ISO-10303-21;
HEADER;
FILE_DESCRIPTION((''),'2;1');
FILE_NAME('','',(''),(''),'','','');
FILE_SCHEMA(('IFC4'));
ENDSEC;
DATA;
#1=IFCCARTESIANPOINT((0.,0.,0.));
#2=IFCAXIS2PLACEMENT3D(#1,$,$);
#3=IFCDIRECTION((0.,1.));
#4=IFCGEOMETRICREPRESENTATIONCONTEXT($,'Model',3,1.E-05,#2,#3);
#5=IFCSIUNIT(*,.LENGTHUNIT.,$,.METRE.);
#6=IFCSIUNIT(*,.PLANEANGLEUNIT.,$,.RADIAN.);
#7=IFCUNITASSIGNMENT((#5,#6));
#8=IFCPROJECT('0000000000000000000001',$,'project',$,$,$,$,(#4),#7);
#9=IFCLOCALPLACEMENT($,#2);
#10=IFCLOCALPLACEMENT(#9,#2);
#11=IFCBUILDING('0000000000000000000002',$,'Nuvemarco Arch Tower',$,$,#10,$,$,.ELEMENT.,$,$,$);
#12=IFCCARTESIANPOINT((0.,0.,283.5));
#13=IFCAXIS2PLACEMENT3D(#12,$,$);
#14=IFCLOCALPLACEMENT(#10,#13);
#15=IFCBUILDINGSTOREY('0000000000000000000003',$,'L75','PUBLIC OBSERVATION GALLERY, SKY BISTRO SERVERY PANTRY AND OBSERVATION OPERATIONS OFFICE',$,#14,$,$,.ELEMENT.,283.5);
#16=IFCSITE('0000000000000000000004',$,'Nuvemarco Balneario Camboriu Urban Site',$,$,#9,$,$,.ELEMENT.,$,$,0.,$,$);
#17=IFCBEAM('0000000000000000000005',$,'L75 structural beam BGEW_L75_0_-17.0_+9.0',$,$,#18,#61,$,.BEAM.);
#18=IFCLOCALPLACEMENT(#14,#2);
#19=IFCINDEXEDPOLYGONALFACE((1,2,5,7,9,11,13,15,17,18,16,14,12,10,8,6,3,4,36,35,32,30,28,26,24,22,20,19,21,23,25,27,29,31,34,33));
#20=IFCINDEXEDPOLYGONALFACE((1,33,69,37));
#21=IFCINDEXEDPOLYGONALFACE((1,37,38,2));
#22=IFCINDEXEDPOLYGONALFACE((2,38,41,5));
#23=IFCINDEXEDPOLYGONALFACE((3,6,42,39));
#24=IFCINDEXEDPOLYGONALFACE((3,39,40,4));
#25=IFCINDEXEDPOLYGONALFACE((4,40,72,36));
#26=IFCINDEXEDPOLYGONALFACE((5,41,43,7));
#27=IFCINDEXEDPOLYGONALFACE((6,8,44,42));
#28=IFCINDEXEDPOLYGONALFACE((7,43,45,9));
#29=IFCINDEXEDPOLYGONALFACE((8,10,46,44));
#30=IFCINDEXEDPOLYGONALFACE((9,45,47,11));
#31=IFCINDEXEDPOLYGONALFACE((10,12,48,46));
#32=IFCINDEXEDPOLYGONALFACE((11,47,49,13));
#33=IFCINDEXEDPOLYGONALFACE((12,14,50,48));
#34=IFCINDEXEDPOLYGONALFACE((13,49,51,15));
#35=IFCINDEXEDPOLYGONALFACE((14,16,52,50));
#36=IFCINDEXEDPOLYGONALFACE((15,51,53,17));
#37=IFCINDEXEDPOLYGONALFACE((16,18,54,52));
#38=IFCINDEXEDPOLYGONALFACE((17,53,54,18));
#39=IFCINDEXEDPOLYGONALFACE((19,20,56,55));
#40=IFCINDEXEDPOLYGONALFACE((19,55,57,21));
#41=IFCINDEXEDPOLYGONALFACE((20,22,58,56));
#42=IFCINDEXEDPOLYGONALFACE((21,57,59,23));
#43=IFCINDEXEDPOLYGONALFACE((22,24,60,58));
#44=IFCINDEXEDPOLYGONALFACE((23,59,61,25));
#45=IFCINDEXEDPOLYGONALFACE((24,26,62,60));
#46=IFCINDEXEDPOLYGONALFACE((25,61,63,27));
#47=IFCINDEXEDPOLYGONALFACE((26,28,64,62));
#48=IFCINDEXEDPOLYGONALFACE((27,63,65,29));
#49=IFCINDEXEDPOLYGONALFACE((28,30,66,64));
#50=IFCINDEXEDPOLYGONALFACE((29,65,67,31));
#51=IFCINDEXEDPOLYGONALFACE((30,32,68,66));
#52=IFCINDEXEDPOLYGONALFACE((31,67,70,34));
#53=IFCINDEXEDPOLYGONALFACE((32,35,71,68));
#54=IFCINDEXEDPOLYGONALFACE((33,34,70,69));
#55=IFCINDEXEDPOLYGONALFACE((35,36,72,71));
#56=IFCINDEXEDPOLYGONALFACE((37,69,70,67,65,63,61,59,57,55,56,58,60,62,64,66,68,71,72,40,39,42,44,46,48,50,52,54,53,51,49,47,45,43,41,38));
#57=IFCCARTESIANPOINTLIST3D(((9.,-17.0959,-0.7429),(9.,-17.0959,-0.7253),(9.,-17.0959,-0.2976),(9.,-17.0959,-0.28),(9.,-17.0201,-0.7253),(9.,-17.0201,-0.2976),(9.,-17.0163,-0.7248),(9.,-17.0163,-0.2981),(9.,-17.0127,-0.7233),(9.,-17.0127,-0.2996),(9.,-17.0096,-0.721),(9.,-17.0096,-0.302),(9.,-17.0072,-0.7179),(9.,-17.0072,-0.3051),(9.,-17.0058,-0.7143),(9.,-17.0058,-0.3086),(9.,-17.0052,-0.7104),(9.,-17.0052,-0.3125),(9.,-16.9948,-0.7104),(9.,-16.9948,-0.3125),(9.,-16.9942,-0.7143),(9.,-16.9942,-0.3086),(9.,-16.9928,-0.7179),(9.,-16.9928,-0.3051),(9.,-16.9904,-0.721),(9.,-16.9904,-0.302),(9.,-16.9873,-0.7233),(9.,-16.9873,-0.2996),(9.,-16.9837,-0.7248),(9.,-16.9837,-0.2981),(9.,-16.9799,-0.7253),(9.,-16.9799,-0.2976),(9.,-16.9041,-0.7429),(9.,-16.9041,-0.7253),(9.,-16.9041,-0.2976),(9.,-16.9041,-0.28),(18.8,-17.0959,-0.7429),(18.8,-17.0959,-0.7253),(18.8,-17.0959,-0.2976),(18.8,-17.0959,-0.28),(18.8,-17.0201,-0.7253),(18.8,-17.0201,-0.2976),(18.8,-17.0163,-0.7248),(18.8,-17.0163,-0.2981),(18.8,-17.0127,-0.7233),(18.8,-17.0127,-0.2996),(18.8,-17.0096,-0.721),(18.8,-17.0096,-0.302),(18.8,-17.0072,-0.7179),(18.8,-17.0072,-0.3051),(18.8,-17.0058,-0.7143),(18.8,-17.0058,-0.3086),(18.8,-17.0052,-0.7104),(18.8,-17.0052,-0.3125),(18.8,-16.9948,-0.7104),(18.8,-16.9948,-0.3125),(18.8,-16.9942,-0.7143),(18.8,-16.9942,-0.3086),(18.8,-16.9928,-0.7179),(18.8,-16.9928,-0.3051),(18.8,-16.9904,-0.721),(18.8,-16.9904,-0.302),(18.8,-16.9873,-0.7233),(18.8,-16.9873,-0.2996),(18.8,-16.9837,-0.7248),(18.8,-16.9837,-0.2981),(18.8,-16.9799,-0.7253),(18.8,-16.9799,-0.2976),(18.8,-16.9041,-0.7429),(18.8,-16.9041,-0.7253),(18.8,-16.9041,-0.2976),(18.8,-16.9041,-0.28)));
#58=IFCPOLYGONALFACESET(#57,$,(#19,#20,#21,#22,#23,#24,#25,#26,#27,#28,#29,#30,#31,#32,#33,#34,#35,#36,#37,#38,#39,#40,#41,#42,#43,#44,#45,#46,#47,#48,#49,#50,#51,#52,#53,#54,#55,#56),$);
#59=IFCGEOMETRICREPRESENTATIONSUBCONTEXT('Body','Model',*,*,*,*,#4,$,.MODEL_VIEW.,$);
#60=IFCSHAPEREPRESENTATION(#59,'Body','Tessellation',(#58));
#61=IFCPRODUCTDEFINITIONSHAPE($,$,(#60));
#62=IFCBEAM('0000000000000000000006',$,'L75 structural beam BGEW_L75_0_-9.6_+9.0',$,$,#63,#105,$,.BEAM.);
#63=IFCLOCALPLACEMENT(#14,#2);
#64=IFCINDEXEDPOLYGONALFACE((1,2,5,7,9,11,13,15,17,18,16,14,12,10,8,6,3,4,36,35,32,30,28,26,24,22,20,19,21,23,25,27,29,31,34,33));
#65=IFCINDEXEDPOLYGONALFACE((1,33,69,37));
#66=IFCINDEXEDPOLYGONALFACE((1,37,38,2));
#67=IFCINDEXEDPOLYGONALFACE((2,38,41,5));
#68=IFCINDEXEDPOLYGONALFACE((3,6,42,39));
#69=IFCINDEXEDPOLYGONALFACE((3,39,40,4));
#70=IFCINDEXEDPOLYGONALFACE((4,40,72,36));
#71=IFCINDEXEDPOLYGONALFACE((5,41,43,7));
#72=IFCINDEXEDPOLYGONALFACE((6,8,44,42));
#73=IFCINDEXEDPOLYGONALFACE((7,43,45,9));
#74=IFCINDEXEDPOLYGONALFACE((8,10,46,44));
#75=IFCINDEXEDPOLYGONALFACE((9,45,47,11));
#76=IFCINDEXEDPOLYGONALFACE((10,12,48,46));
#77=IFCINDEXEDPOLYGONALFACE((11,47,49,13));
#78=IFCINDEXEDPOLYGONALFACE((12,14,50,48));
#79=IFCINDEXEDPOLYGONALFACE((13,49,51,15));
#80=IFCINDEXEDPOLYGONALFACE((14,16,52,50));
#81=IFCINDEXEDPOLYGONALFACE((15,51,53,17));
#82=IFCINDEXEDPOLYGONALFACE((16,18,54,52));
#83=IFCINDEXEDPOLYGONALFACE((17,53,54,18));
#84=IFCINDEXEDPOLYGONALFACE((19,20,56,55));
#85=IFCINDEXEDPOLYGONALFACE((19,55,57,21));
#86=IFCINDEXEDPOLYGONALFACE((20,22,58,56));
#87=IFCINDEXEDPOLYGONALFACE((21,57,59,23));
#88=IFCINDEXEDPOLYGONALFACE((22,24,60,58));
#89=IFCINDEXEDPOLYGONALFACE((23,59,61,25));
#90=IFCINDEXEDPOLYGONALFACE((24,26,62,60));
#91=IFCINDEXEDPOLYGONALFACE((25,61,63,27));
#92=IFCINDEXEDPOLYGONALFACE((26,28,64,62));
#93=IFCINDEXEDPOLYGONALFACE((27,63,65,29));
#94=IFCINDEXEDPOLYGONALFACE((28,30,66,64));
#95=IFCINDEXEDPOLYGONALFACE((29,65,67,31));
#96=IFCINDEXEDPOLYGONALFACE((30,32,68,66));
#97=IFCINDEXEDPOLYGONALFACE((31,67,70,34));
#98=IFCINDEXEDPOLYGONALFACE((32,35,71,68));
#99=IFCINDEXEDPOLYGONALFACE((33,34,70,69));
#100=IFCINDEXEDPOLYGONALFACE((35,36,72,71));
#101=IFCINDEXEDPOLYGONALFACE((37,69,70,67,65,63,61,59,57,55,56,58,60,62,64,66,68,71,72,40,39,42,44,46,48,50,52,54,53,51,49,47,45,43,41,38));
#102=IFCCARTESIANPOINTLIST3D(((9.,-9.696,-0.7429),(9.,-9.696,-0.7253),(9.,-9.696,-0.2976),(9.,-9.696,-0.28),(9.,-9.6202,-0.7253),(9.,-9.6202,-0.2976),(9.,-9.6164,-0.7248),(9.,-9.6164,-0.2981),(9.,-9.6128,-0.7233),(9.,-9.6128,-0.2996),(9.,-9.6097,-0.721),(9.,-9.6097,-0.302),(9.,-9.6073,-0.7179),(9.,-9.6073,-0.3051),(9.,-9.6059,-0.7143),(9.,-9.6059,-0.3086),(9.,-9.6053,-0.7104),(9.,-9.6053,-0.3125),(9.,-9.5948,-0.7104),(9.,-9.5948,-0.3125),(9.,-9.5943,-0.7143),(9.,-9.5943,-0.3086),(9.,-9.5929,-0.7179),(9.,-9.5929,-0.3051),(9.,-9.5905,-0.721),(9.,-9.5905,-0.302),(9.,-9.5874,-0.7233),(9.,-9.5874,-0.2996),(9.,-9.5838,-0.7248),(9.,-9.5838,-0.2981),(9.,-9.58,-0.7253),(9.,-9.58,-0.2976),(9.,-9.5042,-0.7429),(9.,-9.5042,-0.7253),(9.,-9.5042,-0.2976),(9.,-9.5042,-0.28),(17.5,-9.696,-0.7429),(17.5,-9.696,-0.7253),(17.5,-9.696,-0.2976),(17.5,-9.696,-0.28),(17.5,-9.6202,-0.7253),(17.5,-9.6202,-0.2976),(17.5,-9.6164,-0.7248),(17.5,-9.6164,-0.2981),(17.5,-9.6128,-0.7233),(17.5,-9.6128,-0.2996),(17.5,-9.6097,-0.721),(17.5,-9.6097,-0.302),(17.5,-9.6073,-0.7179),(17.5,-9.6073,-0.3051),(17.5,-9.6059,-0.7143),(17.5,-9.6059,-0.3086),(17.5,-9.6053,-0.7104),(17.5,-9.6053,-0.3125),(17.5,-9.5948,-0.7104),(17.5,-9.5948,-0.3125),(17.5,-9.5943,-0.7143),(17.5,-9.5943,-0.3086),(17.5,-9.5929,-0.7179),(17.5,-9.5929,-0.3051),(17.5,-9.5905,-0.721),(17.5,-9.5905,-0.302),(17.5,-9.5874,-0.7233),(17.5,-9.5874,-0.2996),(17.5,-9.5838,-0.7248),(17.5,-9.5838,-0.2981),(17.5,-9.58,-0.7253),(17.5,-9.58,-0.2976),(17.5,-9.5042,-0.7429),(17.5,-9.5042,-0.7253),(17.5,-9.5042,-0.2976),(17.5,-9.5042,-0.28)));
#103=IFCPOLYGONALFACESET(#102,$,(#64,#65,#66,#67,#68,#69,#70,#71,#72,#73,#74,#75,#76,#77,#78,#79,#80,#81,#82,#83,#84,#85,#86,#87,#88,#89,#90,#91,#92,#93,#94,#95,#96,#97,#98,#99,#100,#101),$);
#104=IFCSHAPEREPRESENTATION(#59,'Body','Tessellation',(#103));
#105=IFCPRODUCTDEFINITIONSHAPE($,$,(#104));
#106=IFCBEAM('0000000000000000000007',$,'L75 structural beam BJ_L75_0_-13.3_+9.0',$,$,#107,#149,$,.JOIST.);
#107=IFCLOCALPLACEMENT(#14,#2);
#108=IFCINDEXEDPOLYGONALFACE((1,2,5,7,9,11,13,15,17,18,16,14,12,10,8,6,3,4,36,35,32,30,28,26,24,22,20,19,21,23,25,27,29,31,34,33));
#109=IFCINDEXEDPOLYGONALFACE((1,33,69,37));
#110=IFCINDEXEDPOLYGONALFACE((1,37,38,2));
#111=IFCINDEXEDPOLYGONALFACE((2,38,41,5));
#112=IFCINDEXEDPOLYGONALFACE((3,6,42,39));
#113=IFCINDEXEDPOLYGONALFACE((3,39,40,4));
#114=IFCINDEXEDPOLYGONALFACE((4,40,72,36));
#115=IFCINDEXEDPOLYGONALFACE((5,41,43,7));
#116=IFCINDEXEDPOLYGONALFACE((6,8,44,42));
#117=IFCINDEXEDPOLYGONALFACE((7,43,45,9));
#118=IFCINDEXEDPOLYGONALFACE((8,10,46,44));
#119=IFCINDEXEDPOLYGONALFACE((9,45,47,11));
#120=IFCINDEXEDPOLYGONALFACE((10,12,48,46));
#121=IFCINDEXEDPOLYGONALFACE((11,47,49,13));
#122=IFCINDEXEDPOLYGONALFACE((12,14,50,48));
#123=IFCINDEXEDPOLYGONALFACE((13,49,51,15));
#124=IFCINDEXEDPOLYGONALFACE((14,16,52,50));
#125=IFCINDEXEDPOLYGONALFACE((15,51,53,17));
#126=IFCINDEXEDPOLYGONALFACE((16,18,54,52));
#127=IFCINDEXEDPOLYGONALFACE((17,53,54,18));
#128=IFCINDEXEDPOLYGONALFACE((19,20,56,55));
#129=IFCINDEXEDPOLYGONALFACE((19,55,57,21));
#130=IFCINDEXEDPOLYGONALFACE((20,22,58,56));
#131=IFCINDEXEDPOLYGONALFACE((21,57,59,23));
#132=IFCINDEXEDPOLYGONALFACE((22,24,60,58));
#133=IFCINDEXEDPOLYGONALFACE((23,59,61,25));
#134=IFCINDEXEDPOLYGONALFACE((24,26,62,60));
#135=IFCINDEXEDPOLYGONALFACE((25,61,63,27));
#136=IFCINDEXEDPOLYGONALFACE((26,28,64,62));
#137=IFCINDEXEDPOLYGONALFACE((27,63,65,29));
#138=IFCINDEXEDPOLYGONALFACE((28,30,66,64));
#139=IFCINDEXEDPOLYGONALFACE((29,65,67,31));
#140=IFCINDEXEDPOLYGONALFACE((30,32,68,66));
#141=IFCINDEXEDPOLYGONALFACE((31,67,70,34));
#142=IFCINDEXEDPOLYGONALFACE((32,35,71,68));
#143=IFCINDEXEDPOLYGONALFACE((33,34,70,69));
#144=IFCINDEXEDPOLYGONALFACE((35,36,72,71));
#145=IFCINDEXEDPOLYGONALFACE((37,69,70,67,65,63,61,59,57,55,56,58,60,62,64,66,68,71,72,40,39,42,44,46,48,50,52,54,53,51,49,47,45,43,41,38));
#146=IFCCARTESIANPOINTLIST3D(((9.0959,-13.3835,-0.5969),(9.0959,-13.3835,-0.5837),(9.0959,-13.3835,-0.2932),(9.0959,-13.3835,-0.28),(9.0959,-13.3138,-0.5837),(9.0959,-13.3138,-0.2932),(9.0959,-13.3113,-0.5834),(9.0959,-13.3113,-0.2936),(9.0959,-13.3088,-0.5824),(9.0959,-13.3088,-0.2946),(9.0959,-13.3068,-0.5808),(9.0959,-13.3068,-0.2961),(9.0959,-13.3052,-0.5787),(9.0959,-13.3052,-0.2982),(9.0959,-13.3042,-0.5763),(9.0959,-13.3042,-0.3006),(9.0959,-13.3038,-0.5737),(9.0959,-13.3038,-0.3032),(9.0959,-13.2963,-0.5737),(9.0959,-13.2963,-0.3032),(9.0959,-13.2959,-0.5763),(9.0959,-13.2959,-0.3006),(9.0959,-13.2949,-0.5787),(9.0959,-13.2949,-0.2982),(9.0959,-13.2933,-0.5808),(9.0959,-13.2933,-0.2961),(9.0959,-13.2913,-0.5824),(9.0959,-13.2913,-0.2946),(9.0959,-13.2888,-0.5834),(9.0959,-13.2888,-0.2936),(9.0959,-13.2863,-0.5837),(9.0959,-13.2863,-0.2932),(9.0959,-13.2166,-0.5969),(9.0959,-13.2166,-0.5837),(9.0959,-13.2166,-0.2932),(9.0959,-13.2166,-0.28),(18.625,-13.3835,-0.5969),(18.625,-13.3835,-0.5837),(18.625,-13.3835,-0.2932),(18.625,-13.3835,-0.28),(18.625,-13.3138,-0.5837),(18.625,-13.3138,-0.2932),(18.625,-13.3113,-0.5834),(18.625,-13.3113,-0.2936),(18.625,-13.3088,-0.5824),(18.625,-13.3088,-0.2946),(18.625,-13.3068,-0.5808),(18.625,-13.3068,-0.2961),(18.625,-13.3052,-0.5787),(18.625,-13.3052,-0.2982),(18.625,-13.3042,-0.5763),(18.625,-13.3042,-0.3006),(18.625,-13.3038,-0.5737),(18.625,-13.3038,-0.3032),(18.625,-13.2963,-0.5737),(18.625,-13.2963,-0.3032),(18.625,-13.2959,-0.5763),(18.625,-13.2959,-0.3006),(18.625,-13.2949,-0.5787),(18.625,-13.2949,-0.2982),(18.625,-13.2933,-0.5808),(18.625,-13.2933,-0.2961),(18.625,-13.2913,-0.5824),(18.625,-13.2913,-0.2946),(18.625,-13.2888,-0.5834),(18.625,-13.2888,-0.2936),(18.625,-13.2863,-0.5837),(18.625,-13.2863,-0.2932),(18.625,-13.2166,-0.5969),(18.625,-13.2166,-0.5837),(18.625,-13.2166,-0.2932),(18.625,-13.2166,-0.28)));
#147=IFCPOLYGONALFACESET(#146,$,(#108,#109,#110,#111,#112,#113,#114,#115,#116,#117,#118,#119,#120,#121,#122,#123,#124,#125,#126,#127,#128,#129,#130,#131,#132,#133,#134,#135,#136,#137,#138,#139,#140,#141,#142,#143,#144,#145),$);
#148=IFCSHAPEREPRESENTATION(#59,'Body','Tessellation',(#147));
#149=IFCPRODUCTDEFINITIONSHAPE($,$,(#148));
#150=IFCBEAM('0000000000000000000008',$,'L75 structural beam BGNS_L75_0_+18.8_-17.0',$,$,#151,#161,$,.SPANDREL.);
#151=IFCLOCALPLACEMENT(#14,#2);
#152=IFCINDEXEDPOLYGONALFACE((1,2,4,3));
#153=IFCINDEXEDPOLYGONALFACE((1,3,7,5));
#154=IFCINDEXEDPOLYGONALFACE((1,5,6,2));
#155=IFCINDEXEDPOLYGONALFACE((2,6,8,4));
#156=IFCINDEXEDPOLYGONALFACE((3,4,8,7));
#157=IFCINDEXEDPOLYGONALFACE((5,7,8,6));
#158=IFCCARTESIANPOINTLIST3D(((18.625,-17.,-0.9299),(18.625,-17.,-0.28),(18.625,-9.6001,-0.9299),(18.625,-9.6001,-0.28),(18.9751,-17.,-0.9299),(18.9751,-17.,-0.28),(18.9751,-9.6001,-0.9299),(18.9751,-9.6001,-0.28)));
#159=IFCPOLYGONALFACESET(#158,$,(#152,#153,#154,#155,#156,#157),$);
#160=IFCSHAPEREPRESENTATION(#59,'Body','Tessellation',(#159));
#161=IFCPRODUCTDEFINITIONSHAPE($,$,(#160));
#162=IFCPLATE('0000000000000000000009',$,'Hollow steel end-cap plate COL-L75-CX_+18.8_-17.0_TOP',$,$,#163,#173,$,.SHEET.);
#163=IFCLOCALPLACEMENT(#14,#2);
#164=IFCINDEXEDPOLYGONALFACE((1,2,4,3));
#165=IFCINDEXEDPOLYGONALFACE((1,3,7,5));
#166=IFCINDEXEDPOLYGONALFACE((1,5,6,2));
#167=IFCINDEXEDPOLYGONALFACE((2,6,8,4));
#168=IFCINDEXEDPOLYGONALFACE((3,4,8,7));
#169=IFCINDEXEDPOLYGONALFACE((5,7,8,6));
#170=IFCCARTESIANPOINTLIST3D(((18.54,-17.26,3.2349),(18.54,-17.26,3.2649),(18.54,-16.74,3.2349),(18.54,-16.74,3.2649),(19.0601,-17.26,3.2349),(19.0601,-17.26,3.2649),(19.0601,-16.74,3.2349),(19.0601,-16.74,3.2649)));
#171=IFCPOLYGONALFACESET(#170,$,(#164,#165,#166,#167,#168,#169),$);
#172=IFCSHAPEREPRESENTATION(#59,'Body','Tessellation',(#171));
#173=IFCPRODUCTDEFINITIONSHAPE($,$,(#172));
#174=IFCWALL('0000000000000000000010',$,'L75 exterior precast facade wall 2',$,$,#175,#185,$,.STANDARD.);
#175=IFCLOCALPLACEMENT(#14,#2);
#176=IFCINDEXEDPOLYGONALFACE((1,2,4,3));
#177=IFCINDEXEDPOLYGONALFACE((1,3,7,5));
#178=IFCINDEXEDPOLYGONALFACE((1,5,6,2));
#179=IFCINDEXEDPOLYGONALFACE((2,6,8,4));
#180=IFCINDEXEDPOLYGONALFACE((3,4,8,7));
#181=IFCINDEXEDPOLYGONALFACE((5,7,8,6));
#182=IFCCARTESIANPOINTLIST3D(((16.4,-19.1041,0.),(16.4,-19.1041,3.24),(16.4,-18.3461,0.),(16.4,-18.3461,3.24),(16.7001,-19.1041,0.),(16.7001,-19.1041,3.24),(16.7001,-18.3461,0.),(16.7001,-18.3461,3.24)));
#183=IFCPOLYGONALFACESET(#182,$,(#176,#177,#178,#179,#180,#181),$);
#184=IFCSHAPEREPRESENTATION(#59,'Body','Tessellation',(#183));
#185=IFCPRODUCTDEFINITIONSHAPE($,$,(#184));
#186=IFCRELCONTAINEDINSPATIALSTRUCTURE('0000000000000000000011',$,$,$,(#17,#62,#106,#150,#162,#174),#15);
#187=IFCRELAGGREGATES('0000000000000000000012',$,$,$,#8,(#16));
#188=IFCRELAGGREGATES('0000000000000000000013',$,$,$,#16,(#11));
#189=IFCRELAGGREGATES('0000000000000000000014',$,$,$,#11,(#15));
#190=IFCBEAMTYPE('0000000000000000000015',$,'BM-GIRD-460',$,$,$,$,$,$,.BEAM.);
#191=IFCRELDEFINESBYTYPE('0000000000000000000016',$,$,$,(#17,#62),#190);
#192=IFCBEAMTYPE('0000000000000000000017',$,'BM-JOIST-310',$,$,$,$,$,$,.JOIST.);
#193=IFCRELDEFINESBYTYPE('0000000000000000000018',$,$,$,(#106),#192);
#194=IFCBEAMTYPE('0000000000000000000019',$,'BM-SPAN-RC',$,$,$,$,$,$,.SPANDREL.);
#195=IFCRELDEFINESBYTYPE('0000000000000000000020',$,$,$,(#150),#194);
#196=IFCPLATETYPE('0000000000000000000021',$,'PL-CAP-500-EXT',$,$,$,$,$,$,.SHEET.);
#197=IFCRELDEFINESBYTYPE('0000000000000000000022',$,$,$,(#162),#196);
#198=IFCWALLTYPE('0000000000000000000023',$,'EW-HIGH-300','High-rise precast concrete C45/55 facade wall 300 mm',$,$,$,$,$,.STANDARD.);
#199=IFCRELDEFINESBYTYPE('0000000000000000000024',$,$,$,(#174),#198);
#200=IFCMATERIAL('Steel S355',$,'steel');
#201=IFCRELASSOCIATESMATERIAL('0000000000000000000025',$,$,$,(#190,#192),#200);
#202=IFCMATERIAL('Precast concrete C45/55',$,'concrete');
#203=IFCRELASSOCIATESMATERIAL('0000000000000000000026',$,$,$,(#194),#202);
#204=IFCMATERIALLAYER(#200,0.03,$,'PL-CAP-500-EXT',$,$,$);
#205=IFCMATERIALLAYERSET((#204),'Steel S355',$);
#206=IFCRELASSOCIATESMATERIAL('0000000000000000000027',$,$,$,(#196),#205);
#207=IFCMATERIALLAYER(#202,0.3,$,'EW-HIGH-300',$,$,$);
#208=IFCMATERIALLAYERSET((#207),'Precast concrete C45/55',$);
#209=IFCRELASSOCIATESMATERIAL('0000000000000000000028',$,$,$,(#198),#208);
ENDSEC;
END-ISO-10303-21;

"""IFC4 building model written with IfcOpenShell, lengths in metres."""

from ifc_helpers import new_model, si_unit, direction, frame, frame_2d, origin, origin_2d, place, context, subcontext, project, spatial, rectangle, i_section, extrude, source, transform, mapped, material, layer, layer_set, material_profile, profile_set, type_object, type_shapes, element, save


model = new_model("IFC4")

# Units and contexts
model_context = context("Model", 3, precision=1e-05, world=origin(), true_north=direction((0.0, 1.0)))
body_context = subcontext(model_context, "Body", "Model", "MODEL_VIEW")
ifc_project = project(units=[si_unit("LENGTHUNIT", "METRE"), si_unit("PLANEANGLEUNIT", "RADIAN")], contexts=[model_context])

# Site, building, storey
site_placement = place(None, origin())
site = spatial("IfcSite", under=ifc_project, at=site_placement, Name="Nuvemarco Balneario Camboriu Urban Site", CompositionType="ELEMENT", RefElevation=0.0)
building_placement = place(site_placement, origin())
building = spatial("IfcBuilding", under=site, at=building_placement, Name="Nuvemarco Arch Tower", CompositionType="ELEMENT")
storey_placement = place(building_placement, frame((0.0, 0.0, 283.5)))
storey = spatial("IfcBuildingStorey", under=building, at=storey_placement, Name="L75", Description="PUBLIC OBSERVATION GALLERY, SKY BISTRO SERVERY PANTRY AND OBSERVATION OPERATIONS OFFICE", CompositionType="ELEMENT", Elevation=283.5)

# Shared definitions
ifc_material_1 = material(Name="Steel S355", Category="steel")

# Beams
ifc_material_profile_1 = material_profile(ifc_material_1, i_section(OverallWidth=0.1919, OverallDepth=0.4629, WebThickness=0.0105, FlangeThickness=0.0176, FilletRadius=0.0149, at=origin_2d()), Name="W460x89")
ifc_profile_set_1 = profile_set([ifc_material_profile_1], Name="Steel S355")
beam_type_1 = type_object("IfcBeamType", Name="BM-GIRD-460", PredefinedType="BEAM", material=ifc_profile_set_1)
beam_1_placement = place(storey_placement, frame((9.0, -17.0, -0.5115), z_axis=(1.0, 0.0, 0.0), x_axis=(0.0, 1.0, 0.0)))
element("IfcBeam", 1, at=beam_1_placement, inside=storey, type_object=beam_type_1, Name="L75 structural beam BGEW_L75_0_-17.0_+9.0", PredefinedType="BEAM", context=body_context, shape_type="SweptSolid", body=[
    extrude(i_section(OverallWidth=0.1919, OverallDepth=0.4629, WebThickness=0.0105, FlangeThickness=0.0176, FilletRadius=0.0149, at=origin_2d()), origin(), (0.0, 0.0, 1.0), 9.8),
])
beam_2_placement = place(storey_placement, frame((9.0, -9.6001, -0.5115), z_axis=(1.0, 0.0, 0.0), x_axis=(0.0, 1.0, 0.0)))
element("IfcBeam", 2, at=beam_2_placement, inside=storey, type_object=beam_type_1, Name="L75 structural beam BGEW_L75_0_-9.6_+9.0", PredefinedType="BEAM", context=body_context, shape_type="SweptSolid", body=[
    extrude(i_section(OverallWidth=0.1919, OverallDepth=0.4629, WebThickness=0.0105, FlangeThickness=0.0176, FilletRadius=0.0149, at=origin_2d()), origin(), (0.0, 0.0, 1.0), 8.5),
])
ifc_material_profile_2 = material_profile(ifc_material_1, i_section(OverallWidth=0.167, OverallDepth=0.3169, WebThickness=0.0076, FlangeThickness=0.0132, FilletRadius=0.01, at=origin_2d()), Name="W310x52")
ifc_profile_set_2 = profile_set([ifc_material_profile_2], Name="Steel S355")
beam_type_2 = type_object("IfcBeamType", Name="BM-JOIST-310", PredefinedType="JOIST", material=ifc_profile_set_2)
beam_3_placement = place(storey_placement, frame((9.0959, -13.3, -0.4385), z_axis=(1.0, 0.0, 0.0), x_axis=(0.0, 1.0, 0.0)))
element("IfcBeam", 3, at=beam_3_placement, inside=storey, type_object=beam_type_2, Name="L75 structural beam BJ_L75_0_-13.3_+9.0", PredefinedType="JOIST", context=body_context, shape_type="SweptSolid", body=[
    extrude(i_section(OverallWidth=0.167, OverallDepth=0.3169, WebThickness=0.0076, FlangeThickness=0.0132, FilletRadius=0.01, at=origin_2d()), origin(), (0.0, 0.0, 1.0), 9.5291),
])
ifc_material_2 = material(Name="Precast concrete C45/55", Category="concrete")
ifc_material_profile_3 = material_profile(ifc_material_2, rectangle(XDim=0.3501, YDim=0.6499, at=origin_2d()), Name="PC-SP-350x650")
ifc_profile_set_3 = profile_set([ifc_material_profile_3], Name="Precast concrete C45/55")
beam_type_3 = type_object("IfcBeamType", Name="BM-SPAN-RC", PredefinedType="SPANDREL", material=ifc_profile_set_3)
beam_4_placement = place(storey_placement, frame((18.8, -17.0, -0.605), z_axis=(0.0, 1.0, 0.0), x_axis=(-1.0, 0.0, 0.0)))
element("IfcBeam", 4, at=beam_4_placement, inside=storey, type_object=beam_type_3, Name="L75 structural beam BGNS_L75_0_+18.8_-17.0", PredefinedType="SPANDREL", context=body_context, shape_type="SweptSolid", body=[
    extrude(rectangle(XDim=0.3501, YDim=0.6499, at=origin_2d()), origin(), (0.0, 0.0, 1.0), 7.3999),
])

# Plate
ifc_layer_1 = layer(ifc_material_1, 0.03, Name="PL-CAP-500-EXT")
ifc_layer_set_1 = layer_set([ifc_layer_1], Name="Steel S355")
plate_type = type_object("IfcPlateType", Name="PL-CAP-500-EXT", PredefinedType="SHEET", material=ifc_layer_set_1)
shared_shape_1 = source(origin(), body_context, "Body", "SweptSolid", [
    extrude(rectangle(XDim=0.52, YDim=0.52, at=origin_2d()), origin(), (0.0, 0.0, 1.0), 0.03),
])
type_shapes(plate_type, [shared_shape_1])
plate_placement = place(storey_placement, frame((18.8, -17.0, 3.2349), z_axis=(0.0, 0.0, 1.0), x_axis=(1.0, 0.0, 0.0)))
element("IfcPlate", 5, at=plate_placement, inside=storey, type_object=plate_type, Name="Hollow steel end-cap plate COL-L75-CX_+18.8_-17.0_TOP", PredefinedType="SHEET", context=body_context, shape_type="MappedRepresentation", body=[
    mapped(shared_shape_1, transform((0.0, 0.0, 0.0), scale=1.0)),
])

# Wall
ifc_layer_2 = layer(ifc_material_2, 0.3, Name="EW-HIGH-300")
ifc_layer_set_2 = layer_set([ifc_layer_2], Name="Precast concrete C45/55")
wall_type_1 = type_object("IfcWallType", Name="EW-HIGH-300", Description="High-rise precast concrete C45/55 facade wall 300 mm", PredefinedType="STANDARD", material=ifc_layer_set_2)
wall_1_placement = place(storey_placement, frame((16.55, -19.104, 0.0), z_axis=(0.0, 0.0, 1.0), x_axis=(0.0, 1.0, 0.0)))
element("IfcWall", 6, at=wall_1_placement, inside=storey, type_object=wall_type_1, Name="L75 exterior precast facade wall 2", PredefinedType="STANDARD", context=body_context, shape_type="SweptSolid", body=[
    extrude(rectangle(XDim=0.7581, YDim=0.3, at=frame_2d((0.3789, 0.0))), origin(), (0.0, 0.0, 1.0), 3.24),
])

save(model, "model.ifc")
